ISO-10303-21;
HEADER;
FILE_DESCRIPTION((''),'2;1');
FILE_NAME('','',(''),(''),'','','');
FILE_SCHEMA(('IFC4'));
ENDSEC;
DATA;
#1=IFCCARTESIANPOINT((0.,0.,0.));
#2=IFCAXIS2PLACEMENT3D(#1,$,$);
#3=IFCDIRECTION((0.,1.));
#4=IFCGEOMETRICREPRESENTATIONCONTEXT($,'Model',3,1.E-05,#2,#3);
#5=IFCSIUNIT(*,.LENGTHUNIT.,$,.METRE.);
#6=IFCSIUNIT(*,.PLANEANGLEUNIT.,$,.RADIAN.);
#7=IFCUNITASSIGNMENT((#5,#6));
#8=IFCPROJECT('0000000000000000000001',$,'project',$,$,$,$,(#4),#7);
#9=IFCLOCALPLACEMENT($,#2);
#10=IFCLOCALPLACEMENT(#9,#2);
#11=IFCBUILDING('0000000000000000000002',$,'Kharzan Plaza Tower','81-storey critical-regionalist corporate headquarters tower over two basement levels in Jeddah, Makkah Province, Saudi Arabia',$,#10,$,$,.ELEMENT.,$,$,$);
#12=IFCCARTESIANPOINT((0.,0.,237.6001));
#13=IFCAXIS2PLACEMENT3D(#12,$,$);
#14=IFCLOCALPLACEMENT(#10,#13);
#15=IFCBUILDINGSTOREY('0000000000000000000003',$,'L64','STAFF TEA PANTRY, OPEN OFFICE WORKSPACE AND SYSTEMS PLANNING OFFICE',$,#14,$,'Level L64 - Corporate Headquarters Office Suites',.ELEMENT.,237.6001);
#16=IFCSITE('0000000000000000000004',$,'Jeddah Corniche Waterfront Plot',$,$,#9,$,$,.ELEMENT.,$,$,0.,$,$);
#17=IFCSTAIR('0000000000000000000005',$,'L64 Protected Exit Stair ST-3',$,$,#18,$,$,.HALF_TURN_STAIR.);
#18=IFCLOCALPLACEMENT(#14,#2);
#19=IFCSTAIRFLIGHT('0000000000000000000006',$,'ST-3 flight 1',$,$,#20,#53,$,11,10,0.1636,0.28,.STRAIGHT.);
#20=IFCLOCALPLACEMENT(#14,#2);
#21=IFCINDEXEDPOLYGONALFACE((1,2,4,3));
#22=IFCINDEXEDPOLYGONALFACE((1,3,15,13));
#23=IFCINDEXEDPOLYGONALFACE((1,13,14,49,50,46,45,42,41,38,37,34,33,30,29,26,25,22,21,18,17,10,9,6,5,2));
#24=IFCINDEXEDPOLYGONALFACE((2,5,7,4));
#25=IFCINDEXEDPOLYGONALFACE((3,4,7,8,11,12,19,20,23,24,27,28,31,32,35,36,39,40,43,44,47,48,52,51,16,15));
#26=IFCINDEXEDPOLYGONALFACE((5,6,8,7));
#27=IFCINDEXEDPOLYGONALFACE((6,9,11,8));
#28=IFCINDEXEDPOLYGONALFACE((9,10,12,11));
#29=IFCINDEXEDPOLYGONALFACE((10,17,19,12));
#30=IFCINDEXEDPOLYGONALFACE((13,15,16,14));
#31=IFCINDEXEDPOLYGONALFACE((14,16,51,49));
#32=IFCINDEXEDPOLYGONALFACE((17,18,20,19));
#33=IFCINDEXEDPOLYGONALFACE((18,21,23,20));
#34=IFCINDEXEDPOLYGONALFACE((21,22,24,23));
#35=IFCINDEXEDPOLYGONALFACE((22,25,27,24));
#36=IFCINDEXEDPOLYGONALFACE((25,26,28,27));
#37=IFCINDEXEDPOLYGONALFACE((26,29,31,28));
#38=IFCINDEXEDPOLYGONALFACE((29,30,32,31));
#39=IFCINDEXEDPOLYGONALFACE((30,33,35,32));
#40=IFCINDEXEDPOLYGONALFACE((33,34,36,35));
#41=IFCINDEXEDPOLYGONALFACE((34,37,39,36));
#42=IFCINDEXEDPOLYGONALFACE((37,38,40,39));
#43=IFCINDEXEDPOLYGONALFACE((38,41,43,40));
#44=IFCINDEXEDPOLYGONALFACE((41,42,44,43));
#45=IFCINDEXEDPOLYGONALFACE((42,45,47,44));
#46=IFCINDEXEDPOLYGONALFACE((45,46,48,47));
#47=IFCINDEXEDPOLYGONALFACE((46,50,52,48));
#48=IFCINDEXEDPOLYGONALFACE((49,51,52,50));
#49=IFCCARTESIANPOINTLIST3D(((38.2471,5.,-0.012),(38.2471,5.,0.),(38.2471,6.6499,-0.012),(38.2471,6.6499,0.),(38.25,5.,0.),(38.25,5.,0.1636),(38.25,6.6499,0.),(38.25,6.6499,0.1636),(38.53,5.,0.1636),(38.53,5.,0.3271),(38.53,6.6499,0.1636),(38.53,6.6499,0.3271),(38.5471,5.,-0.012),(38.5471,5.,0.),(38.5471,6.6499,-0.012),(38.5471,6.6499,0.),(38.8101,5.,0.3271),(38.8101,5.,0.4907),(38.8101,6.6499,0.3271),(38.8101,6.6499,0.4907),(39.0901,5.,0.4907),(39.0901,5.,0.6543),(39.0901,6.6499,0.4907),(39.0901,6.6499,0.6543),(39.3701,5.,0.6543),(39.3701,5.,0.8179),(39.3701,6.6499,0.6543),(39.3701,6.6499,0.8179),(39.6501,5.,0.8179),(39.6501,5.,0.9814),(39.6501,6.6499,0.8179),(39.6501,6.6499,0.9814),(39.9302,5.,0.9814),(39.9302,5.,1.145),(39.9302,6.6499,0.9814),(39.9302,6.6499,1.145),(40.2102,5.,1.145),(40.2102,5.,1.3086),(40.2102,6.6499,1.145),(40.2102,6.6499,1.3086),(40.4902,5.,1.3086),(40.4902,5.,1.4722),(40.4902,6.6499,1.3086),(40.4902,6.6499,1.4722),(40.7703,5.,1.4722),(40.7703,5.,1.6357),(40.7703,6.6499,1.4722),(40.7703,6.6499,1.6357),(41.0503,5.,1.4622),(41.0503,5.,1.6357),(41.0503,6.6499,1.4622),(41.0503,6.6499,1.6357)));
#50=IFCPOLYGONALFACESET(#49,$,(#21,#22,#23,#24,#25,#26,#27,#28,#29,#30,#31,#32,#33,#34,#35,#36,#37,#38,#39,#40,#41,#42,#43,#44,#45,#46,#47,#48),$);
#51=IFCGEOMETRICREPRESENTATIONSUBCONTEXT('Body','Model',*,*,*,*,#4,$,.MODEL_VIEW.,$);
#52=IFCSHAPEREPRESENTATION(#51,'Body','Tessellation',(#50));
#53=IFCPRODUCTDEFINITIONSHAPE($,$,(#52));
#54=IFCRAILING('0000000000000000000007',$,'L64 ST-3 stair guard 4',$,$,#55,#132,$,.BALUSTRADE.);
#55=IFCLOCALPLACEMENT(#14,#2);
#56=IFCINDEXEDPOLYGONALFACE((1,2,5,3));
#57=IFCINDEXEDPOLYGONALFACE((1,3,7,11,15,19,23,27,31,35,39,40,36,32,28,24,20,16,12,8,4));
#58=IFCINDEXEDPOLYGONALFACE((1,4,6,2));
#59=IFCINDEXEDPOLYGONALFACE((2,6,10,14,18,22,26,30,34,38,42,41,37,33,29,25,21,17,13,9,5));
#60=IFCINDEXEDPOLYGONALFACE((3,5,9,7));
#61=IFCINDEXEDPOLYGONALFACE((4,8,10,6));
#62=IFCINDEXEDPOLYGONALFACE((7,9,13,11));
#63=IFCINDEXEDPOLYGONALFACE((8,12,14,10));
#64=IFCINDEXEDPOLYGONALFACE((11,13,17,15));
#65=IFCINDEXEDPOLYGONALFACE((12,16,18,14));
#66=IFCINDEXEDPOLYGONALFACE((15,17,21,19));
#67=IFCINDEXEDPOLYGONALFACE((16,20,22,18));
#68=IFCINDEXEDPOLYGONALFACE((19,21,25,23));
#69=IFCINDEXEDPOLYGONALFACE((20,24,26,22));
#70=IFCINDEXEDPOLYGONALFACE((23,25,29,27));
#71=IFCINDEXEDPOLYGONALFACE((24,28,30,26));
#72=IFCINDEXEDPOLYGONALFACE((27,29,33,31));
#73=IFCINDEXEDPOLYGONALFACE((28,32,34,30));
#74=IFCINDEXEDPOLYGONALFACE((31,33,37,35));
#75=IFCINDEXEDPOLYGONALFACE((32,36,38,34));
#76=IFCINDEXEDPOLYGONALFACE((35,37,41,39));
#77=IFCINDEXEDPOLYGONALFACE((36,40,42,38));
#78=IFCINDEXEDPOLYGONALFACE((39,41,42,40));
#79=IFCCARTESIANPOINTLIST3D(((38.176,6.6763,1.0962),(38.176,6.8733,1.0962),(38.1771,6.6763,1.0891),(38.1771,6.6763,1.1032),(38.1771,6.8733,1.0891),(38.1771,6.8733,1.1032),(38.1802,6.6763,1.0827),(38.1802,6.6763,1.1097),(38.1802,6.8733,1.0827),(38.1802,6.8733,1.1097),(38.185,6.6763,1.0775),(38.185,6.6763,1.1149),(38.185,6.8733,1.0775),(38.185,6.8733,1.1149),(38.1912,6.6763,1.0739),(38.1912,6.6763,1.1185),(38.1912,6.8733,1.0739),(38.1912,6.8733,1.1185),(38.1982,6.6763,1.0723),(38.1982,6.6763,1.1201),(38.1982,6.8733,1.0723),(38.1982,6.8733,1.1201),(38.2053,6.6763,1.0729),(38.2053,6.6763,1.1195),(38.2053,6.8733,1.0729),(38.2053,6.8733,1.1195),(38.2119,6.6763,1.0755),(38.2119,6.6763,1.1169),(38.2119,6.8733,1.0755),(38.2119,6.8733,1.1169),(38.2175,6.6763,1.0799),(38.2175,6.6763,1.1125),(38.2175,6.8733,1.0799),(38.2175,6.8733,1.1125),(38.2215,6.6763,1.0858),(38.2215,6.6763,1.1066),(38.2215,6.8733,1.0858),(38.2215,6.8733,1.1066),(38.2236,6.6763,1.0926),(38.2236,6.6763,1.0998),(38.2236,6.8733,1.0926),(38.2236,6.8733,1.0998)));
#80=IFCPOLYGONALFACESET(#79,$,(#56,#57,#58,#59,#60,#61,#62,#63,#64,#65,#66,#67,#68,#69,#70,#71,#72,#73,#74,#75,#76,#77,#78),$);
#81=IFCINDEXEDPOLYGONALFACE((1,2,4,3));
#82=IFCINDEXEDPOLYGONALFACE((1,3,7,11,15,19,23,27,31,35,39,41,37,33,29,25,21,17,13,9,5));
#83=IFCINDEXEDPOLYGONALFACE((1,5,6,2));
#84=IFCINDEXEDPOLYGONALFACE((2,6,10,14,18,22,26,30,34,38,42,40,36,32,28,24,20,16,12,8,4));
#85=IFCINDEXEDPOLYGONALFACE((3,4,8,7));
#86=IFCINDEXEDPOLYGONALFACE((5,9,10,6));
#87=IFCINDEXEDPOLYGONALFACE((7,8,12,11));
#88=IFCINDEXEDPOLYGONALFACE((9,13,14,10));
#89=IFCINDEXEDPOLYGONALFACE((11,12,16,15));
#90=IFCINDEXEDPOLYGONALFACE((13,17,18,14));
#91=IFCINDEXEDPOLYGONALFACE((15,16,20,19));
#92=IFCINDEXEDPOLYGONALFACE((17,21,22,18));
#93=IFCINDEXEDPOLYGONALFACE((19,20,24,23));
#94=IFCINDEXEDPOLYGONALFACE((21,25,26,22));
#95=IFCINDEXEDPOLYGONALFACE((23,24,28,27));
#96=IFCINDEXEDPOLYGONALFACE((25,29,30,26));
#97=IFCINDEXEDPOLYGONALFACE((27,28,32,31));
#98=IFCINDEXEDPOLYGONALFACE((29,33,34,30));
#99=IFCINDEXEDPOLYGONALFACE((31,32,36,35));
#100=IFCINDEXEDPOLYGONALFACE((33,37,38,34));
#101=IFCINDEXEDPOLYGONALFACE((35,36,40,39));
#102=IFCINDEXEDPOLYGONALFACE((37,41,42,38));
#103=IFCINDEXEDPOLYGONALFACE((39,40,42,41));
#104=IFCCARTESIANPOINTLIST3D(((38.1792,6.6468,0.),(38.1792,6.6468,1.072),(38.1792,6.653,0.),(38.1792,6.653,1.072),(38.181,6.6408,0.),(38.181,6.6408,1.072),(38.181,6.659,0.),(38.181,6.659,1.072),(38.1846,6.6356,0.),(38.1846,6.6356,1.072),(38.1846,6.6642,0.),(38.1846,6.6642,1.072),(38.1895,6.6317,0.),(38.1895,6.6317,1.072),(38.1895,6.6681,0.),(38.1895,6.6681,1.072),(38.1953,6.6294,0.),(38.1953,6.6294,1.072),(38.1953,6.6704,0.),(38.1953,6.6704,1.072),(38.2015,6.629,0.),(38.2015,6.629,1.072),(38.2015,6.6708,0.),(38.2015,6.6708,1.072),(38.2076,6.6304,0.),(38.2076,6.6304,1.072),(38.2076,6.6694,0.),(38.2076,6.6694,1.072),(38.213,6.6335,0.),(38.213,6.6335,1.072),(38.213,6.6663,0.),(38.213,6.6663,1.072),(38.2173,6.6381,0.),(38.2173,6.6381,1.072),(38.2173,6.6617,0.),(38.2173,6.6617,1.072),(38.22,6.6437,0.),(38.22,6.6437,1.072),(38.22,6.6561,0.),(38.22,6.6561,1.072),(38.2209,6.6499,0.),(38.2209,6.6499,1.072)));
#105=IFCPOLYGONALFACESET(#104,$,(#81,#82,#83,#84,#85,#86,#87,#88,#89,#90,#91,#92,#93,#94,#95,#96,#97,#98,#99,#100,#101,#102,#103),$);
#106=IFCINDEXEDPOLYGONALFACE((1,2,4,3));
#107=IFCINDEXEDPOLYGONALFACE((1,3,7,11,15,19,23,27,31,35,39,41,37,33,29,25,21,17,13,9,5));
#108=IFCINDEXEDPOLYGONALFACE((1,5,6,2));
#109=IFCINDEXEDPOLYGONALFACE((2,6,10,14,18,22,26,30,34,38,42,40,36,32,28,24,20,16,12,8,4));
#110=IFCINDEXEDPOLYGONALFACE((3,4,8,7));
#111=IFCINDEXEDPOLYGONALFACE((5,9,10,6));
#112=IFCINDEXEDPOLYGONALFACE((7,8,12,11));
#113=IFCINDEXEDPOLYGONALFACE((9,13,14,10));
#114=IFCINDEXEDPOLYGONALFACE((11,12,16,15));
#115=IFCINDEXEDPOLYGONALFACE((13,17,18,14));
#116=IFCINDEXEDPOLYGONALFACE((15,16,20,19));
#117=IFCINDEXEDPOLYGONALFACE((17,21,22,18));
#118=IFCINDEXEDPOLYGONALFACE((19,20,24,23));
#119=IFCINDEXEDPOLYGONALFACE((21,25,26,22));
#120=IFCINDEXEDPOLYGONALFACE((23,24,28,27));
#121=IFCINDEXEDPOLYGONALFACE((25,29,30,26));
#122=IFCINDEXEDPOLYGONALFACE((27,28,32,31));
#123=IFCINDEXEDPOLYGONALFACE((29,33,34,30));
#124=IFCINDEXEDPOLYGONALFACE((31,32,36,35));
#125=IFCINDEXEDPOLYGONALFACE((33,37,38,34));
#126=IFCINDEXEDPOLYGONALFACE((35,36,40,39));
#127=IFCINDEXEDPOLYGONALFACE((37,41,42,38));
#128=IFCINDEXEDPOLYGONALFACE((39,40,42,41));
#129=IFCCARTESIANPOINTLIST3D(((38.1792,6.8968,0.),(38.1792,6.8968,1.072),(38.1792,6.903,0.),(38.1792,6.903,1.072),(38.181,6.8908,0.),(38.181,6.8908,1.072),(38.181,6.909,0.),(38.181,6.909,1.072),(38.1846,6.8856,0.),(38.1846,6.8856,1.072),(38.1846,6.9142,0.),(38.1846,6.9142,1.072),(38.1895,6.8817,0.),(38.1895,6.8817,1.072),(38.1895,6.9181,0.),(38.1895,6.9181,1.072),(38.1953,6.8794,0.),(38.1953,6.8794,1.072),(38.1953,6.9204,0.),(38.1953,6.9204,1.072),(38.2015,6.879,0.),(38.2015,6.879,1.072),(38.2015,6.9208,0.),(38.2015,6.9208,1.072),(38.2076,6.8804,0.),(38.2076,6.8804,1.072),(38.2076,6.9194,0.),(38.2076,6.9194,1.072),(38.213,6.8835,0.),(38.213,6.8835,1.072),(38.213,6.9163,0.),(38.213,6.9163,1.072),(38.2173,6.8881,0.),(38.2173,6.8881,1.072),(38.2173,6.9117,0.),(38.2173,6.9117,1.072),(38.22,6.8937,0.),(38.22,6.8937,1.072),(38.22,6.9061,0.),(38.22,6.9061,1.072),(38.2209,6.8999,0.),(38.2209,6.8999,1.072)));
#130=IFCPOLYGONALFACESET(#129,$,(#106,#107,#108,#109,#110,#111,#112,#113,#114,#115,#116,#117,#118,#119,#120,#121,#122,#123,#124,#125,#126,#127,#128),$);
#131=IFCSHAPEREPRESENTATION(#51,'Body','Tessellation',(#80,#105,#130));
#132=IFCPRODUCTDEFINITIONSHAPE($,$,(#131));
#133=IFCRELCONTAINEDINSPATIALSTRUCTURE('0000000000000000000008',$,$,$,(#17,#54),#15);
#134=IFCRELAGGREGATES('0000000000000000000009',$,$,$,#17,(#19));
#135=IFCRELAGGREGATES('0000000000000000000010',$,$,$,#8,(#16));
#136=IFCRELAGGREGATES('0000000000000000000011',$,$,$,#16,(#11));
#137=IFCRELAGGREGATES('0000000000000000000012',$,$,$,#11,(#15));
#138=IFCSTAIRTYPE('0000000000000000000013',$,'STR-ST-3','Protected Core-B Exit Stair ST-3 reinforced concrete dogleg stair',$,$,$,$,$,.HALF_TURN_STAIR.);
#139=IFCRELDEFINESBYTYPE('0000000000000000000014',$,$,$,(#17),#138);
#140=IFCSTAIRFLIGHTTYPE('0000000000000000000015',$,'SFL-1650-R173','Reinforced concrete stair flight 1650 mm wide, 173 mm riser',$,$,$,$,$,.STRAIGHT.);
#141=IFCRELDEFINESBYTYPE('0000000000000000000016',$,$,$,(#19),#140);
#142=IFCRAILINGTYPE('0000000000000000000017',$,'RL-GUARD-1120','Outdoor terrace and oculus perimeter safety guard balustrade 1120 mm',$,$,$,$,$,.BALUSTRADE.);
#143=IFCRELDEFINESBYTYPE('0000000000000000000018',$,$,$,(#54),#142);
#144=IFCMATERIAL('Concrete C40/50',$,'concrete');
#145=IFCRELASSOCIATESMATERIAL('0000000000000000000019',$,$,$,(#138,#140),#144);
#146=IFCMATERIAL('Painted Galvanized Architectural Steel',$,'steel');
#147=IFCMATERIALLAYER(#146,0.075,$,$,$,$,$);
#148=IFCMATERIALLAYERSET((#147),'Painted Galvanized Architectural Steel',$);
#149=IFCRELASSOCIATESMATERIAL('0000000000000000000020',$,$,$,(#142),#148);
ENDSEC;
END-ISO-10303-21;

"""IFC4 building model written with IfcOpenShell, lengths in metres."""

from ifc_helpers import new_model, si_unit, direction, frame, origin, origin_2d, place, context, subcontext, project, spatial, polyline, circle, outline, extrude, source, transform, mapped, material, layer, layer_set, type_object, element, aggregate, save


model = new_model("IFC4")

# Units and contexts
model_context = context("Model", 3, precision=1e-05, world=origin(), true_north=direction((0.0, 1.0)))
body_context = subcontext(model_context, "Body", "Model", "MODEL_VIEW")
ifc_project = project(units=[si_unit("LENGTHUNIT", "METRE"), si_unit("PLANEANGLEUNIT", "RADIAN")], contexts=[model_context])

# Site, building, storey
site_placement = place(None, origin())
site = spatial("IfcSite", under=ifc_project, at=site_placement, Name="Jeddah Corniche Waterfront Plot", CompositionType="ELEMENT", RefElevation=0.0)
building_placement = place(site_placement, origin())
building = spatial("IfcBuilding", under=site, at=building_placement, Name="Kharzan Plaza Tower", Description="81-storey critical-regionalist corporate headquarters tower over two basement levels in Jeddah, Makkah Province, Saudi Arabia", CompositionType="ELEMENT")
storey_placement = place(building_placement, frame((0.0, 0.0, 237.6001)))
storey = spatial("IfcBuildingStorey", under=building, at=storey_placement, Name="L64", Description="STAFF TEA PANTRY, OPEN OFFICE WORKSPACE AND SYSTEMS PLANNING OFFICE", LongName="Level L64 - Corporate Headquarters Office Suites", CompositionType="ELEMENT", Elevation=237.6001)

# Shared definitions
ifc_material_1 = material(Name="Concrete C40/50", Category="concrete")

# Stair, stair flight
stair_type = type_object("IfcStairType", Name="STR-ST-3", Description="Protected Core-B Exit Stair ST-3 reinforced concrete dogleg stair", PredefinedType="HALF_TURN_STAIR", material=ifc_material_1)
stair_placement = place(storey_placement, origin())
stair = element("IfcStair", 1, at=stair_placement, inside=storey, type_object=stair_type, Name="L64 Protected Exit Stair ST-3", PredefinedType="HALF_TURN_STAIR")
stair_flight_type = type_object("IfcStairFlightType", Name="SFL-1650-R173", Description="Reinforced concrete stair flight 1650 mm wide, 173 mm riser", PredefinedType="STRAIGHT", material=ifc_material_1)
shared_shape_1 = source(origin(), body_context, "Body", "SweptSolid", [
    extrude(outline(polyline([(-0.0029, -0.012), (-0.0029, 0.0), (0.0, 0.0), (0.0, 0.1636), (0.28, 0.1636), (0.28, 0.3271), (0.5601, 0.3271), (0.5601, 0.4907), (0.8401, 0.4907), (0.8401, 0.6543), (1.1201, 0.6543), (1.1201, 0.8179), (1.4001, 0.8179), (1.4001, 0.9814), (1.6802, 0.9814), (1.6802, 1.145), (1.9602, 1.145), (1.9602, 1.3086), (2.2402, 1.3086), (2.2402, 1.4722), (2.5203, 1.4722), (2.5203, 1.6357), (2.8003, 1.6357), (2.8003, 1.7993), (2.8003, 1.4622), (0.2971, 0.0), (0.2971, -0.012), (-0.0029, -0.012)])), frame((0.0, 0.825, 0.0), z_axis=(0.0, -1.0, 0.0), x_axis=(1.0, 0.0, 0.0)), (0.0, 0.0, 1.0), 1.6499),
])
stair_flight_placement = place(storey_placement, frame((38.25, 5.825, 0.0), z_axis=(0.0, 0.0, 1.0), x_axis=(1.0, 0.0, 0.0)))
stair_flight = element("IfcStairFlight", 2, at=stair_flight_placement, type_object=stair_flight_type, Name="ST-3 flight 1", NumberOfRisers=11, NumberOfTreads=10, PredefinedType="STRAIGHT", RiserHeight=0.1636, TreadLength=0.28, context=body_context, shape_type="MappedRepresentation", body=[
    mapped(shared_shape_1, transform((0.0, 0.0, 0.0), x_axis=(1.0, 0.0, 0.0), y_axis=(0.0, 1.0, 0.0), z_axis=(0.0, 0.0, 1.0))),
])
aggregate(stair, [stair_flight])

# Railing
ifc_material_2 = material(Name="Painted Galvanized Architectural Steel", Category="steel")
ifc_layer_1 = layer(ifc_material_2, 0.075)
ifc_layer_set_1 = layer_set([ifc_layer_1], Name="Painted Galvanized Architectural Steel")
railing_type_1 = type_object("IfcRailingType", Name="RL-GUARD-1120", Description="Outdoor terrace and oculus perimeter safety guard balustrade 1120 mm", PredefinedType="BALUSTRADE", material=ifc_layer_set_1)
shared_shape_2 = source(origin(), body_context, "Body", "SweptSolid", [
    extrude(circle(Radius=0.0239, at=origin_2d()), frame((0.0, 0.0264, 1.0962), z_axis=(0.0, 1.0, 0.0), x_axis=(-1.0, 0.0, 0.0)), (0.0, 0.0, 1.0), 0.197),
    extrude(circle(Radius=0.021, at=origin_2d()), origin(), (0.0, 0.0, 1.0), 1.072),
    extrude(circle(Radius=0.021, at=origin_2d()), frame((0.0, 0.25, 0.0)), (0.0, 0.0, 1.0), 1.072),
])
railing_1_placement = place(storey_placement, frame((38.2, 6.6499, 0.0)))
element("IfcRailing", 3, at=railing_1_placement, inside=storey, type_object=railing_type_1, Name="L64 ST-3 stair guard 4", PredefinedType="BALUSTRADE", context=body_context, shape_type="MappedRepresentation", body=[
    mapped(shared_shape_2, transform((0.0, 0.0, 0.0), x_axis=(1.0, 0.0, 0.0), y_axis=(0.0, 1.0, 0.0), z_axis=(0.0, 0.0, 1.0))),
])

save(model, "model.ifc")
